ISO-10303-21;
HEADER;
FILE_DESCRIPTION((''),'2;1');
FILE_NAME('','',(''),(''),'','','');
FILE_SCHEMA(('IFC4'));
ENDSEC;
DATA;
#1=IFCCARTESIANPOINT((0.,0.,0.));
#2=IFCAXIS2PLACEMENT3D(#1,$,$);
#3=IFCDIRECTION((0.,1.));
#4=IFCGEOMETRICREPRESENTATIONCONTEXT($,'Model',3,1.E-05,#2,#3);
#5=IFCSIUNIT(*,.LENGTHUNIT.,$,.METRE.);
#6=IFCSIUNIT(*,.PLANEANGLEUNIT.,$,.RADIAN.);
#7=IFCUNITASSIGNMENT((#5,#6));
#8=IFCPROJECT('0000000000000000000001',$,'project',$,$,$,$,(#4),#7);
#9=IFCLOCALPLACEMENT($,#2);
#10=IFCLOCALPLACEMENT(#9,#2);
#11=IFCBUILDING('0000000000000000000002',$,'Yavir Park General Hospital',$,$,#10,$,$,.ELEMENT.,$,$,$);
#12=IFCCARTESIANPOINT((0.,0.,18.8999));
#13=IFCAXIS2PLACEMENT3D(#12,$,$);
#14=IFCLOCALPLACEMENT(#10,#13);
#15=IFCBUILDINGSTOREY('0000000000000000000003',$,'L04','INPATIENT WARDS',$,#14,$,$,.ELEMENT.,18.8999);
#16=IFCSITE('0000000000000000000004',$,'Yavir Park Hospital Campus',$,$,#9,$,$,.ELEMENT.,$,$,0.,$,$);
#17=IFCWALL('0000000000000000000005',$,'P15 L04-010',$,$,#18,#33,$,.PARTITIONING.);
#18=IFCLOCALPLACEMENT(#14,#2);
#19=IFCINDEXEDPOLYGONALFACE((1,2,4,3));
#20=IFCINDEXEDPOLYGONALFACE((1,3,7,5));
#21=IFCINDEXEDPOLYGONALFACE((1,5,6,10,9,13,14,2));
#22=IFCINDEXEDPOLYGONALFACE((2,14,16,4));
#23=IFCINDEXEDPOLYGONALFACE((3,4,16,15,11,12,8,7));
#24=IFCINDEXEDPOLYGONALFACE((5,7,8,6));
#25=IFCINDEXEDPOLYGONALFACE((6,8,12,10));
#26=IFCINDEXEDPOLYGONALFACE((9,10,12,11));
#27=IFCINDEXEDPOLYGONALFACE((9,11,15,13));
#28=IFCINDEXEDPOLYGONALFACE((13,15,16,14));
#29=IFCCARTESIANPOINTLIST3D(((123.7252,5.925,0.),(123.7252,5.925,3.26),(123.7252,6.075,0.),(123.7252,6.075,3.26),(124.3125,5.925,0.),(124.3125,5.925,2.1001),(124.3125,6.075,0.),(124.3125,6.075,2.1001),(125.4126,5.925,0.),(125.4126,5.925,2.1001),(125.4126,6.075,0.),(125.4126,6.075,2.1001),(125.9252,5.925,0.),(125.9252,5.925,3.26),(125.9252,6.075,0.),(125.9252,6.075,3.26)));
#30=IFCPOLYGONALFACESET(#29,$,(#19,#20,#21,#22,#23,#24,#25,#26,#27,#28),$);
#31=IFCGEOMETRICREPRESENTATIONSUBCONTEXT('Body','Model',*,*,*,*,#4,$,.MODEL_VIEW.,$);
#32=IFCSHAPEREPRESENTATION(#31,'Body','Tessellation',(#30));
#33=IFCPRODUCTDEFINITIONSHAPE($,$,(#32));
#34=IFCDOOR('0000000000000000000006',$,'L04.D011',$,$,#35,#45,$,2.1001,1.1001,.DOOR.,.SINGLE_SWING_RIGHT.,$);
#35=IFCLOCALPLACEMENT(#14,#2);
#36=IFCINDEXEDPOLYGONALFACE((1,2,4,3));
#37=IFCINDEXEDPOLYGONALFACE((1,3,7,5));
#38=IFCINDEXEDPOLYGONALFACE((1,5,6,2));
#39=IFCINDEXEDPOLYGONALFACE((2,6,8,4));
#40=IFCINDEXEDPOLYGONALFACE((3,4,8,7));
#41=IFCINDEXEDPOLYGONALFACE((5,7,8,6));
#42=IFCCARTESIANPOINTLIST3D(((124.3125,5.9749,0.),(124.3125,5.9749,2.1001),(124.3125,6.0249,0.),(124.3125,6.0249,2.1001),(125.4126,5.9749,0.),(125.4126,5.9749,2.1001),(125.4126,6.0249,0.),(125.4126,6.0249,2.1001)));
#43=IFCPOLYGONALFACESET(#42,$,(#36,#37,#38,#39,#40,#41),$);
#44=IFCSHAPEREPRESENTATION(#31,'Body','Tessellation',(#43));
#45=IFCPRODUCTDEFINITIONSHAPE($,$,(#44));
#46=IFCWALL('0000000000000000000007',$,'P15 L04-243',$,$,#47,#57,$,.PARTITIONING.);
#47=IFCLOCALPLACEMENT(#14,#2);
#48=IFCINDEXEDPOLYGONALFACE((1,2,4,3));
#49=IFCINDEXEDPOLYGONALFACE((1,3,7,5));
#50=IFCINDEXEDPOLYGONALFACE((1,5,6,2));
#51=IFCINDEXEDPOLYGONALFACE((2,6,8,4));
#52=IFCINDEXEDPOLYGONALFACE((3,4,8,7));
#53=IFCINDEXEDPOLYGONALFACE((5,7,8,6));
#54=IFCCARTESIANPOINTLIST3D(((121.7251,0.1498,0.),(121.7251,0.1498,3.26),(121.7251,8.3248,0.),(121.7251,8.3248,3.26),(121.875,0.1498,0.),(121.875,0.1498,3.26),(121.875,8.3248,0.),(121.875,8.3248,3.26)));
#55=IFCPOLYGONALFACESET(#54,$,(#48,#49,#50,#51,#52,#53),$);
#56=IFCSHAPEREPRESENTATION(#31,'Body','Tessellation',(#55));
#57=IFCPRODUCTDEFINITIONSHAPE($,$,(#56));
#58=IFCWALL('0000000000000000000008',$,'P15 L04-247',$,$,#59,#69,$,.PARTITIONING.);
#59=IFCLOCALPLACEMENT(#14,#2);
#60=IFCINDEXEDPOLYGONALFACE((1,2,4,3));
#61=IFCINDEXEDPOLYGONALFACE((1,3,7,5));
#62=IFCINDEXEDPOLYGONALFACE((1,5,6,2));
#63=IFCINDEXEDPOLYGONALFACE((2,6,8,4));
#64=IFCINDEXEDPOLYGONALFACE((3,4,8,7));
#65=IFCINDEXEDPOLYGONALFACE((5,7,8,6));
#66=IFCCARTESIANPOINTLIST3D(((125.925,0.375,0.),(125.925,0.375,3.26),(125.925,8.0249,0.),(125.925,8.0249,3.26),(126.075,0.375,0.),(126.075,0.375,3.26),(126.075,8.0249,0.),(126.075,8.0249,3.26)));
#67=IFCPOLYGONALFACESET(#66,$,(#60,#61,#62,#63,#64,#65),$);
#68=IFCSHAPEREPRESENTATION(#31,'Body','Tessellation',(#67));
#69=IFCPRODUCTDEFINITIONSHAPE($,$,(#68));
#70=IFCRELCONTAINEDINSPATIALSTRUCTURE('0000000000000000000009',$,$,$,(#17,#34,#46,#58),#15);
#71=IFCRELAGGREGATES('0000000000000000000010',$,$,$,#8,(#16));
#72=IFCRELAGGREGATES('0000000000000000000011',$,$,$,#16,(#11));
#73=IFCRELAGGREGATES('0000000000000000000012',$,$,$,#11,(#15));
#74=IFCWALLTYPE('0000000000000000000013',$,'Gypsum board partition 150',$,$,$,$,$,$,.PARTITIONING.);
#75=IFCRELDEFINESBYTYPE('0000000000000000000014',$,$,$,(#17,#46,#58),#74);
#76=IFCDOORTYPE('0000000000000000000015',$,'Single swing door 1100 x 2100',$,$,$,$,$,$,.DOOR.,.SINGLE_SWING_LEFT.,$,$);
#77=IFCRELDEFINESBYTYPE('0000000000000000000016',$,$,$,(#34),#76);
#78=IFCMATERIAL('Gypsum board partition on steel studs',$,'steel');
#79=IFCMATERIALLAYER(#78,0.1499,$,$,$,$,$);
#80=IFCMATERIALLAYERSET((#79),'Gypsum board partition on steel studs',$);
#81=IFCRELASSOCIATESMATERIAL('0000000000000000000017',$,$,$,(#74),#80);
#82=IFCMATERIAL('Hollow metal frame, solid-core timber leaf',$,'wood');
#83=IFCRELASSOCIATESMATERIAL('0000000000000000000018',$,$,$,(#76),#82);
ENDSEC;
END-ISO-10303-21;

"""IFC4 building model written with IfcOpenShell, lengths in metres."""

from ifc_helpers import new_model, si_unit, direction, frame, frame_2d, origin, place, context, subcontext, project, spatial, rectangle, extrude, material, layer, layer_set, type_object, element, fill, save


model = new_model("IFC4")

# Units and contexts
model_context = context("Model", 3, precision=1e-05, world=origin(), true_north=direction((0.0, 1.0)))
body_context = subcontext(model_context, "Body", "Model", "MODEL_VIEW")
ifc_project = project(units=[si_unit("LENGTHUNIT", "METRE"), si_unit("PLANEANGLEUNIT", "RADIAN")], contexts=[model_context])

# Site, building, storey
site_placement = place(None, origin())
site = spatial("IfcSite", under=ifc_project, at=site_placement, Name="Yavir Park Hospital Campus", CompositionType="ELEMENT", RefElevation=0.0)
building_placement = place(site_placement, origin())
building = spatial("IfcBuilding", under=site, at=building_placement, Name="Yavir Park General Hospital", CompositionType="ELEMENT")
storey_placement = place(building_placement, frame((0.0, 0.0, 18.8999)))
storey = spatial("IfcBuildingStorey", under=building, at=storey_placement, Name="L04", Description="INPATIENT WARDS", CompositionType="ELEMENT", Elevation=18.8999)

# Wall, opening, door
ifc_material_1 = material(Name="Gypsum board partition on steel studs", Category="steel")
ifc_layer_1 = layer(ifc_material_1, 0.1499)
ifc_layer_set_1 = layer_set([ifc_layer_1], Name="Gypsum board partition on steel studs")
wall_type = type_object("IfcWallType", Name="Gypsum board partition 150", PredefinedType="PARTITIONING", material=ifc_layer_set_1)
wall_1_placement = place(storey_placement, frame((123.7251, 6.0, 0.0), z_axis=(0.0, 0.0, 1.0), x_axis=(1.0, 0.0, 0.0)))
wall_1 = element("IfcWall", 1, at=wall_1_placement, inside=storey, type_object=wall_type, Name="P15 L04-010", PredefinedType="PARTITIONING", context=body_context, shape_type="SweptSolid", body=[
    extrude(rectangle(XDim=2.2, YDim=0.1499, at=frame_2d((1.1001, 0.0))), origin(), (0.0, 0.0, 1.0), 3.26),
])
opening_placement = place(wall_1_placement, frame((0.5874, 0.0, 0.0)))
opening = element("IfcOpeningElement", 2, at=opening_placement, cuts=wall_1, PredefinedType="OPENING", context=body_context, shape_type="SweptSolid", body=[
    extrude(rectangle(XDim=1.1001, YDim=2.1001, at=frame_2d((0.55, 1.05))), frame((0.0, 0.085, 0.0), z_axis=(0.0, -1.0, 0.0), x_axis=(1.0, 0.0, 0.0)), (0.0, 0.0, 1.0), 0.1699),
])
ifc_material_2 = material(Name="Hollow metal frame, solid-core timber leaf", Category="wood")
door_type = type_object("IfcDoorType", Name="Single swing door 1100 x 2100", OperationType="SINGLE_SWING_LEFT", PredefinedType="DOOR", material=ifc_material_2)
door_placement = place(opening_placement, origin())
door = element("IfcDoor", 3, at=door_placement, inside=storey, type_object=door_type, Name="L04.D011", OperationType="SINGLE_SWING_RIGHT", OverallHeight=2.1001, OverallWidth=1.1001, PredefinedType="DOOR", context=body_context, shape_type="SweptSolid", body=[
    extrude(rectangle(XDim=1.1001, YDim=2.1001, at=frame_2d((0.55, 1.05))), frame((0.0, 0.0249, 0.0), z_axis=(0.0, -1.0, 0.0), x_axis=(1.0, 0.0, 0.0)), (0.0, 0.0, 1.0), 0.05),
])
fill(opening, door)

# Walls
wall_2_placement = place(storey_placement, frame((121.8, 0.1499, 0.0), z_axis=(0.0, 0.0, 1.0), x_axis=(0.0, 1.0, 0.0)))
element("IfcWall", 4, at=wall_2_placement, inside=storey, type_object=wall_type, Name="P15 L04-243", PredefinedType="PARTITIONING", context=body_context, shape_type="SweptSolid", body=[
    extrude(rectangle(XDim=8.175, YDim=0.1499, at=frame_2d((4.0874, 0.0))), origin(), (0.0, 0.0, 1.0), 3.26),
])
wall_3_placement = place(storey_placement, frame((126.0, 0.375, 0.0), z_axis=(0.0, 0.0, 1.0), x_axis=(0.0, 1.0, 0.0)))
element("IfcWall", 5, at=wall_3_placement, inside=storey, type_object=wall_type, Name="P15 L04-247", PredefinedType="PARTITIONING", context=body_context, shape_type="SweptSolid", body=[
    extrude(rectangle(XDim=7.6499, YDim=0.1499, at=frame_2d((3.825, 0.0))), origin(), (0.0, 0.0, 1.0), 3.26),
])

save(model, "model.ifc")
